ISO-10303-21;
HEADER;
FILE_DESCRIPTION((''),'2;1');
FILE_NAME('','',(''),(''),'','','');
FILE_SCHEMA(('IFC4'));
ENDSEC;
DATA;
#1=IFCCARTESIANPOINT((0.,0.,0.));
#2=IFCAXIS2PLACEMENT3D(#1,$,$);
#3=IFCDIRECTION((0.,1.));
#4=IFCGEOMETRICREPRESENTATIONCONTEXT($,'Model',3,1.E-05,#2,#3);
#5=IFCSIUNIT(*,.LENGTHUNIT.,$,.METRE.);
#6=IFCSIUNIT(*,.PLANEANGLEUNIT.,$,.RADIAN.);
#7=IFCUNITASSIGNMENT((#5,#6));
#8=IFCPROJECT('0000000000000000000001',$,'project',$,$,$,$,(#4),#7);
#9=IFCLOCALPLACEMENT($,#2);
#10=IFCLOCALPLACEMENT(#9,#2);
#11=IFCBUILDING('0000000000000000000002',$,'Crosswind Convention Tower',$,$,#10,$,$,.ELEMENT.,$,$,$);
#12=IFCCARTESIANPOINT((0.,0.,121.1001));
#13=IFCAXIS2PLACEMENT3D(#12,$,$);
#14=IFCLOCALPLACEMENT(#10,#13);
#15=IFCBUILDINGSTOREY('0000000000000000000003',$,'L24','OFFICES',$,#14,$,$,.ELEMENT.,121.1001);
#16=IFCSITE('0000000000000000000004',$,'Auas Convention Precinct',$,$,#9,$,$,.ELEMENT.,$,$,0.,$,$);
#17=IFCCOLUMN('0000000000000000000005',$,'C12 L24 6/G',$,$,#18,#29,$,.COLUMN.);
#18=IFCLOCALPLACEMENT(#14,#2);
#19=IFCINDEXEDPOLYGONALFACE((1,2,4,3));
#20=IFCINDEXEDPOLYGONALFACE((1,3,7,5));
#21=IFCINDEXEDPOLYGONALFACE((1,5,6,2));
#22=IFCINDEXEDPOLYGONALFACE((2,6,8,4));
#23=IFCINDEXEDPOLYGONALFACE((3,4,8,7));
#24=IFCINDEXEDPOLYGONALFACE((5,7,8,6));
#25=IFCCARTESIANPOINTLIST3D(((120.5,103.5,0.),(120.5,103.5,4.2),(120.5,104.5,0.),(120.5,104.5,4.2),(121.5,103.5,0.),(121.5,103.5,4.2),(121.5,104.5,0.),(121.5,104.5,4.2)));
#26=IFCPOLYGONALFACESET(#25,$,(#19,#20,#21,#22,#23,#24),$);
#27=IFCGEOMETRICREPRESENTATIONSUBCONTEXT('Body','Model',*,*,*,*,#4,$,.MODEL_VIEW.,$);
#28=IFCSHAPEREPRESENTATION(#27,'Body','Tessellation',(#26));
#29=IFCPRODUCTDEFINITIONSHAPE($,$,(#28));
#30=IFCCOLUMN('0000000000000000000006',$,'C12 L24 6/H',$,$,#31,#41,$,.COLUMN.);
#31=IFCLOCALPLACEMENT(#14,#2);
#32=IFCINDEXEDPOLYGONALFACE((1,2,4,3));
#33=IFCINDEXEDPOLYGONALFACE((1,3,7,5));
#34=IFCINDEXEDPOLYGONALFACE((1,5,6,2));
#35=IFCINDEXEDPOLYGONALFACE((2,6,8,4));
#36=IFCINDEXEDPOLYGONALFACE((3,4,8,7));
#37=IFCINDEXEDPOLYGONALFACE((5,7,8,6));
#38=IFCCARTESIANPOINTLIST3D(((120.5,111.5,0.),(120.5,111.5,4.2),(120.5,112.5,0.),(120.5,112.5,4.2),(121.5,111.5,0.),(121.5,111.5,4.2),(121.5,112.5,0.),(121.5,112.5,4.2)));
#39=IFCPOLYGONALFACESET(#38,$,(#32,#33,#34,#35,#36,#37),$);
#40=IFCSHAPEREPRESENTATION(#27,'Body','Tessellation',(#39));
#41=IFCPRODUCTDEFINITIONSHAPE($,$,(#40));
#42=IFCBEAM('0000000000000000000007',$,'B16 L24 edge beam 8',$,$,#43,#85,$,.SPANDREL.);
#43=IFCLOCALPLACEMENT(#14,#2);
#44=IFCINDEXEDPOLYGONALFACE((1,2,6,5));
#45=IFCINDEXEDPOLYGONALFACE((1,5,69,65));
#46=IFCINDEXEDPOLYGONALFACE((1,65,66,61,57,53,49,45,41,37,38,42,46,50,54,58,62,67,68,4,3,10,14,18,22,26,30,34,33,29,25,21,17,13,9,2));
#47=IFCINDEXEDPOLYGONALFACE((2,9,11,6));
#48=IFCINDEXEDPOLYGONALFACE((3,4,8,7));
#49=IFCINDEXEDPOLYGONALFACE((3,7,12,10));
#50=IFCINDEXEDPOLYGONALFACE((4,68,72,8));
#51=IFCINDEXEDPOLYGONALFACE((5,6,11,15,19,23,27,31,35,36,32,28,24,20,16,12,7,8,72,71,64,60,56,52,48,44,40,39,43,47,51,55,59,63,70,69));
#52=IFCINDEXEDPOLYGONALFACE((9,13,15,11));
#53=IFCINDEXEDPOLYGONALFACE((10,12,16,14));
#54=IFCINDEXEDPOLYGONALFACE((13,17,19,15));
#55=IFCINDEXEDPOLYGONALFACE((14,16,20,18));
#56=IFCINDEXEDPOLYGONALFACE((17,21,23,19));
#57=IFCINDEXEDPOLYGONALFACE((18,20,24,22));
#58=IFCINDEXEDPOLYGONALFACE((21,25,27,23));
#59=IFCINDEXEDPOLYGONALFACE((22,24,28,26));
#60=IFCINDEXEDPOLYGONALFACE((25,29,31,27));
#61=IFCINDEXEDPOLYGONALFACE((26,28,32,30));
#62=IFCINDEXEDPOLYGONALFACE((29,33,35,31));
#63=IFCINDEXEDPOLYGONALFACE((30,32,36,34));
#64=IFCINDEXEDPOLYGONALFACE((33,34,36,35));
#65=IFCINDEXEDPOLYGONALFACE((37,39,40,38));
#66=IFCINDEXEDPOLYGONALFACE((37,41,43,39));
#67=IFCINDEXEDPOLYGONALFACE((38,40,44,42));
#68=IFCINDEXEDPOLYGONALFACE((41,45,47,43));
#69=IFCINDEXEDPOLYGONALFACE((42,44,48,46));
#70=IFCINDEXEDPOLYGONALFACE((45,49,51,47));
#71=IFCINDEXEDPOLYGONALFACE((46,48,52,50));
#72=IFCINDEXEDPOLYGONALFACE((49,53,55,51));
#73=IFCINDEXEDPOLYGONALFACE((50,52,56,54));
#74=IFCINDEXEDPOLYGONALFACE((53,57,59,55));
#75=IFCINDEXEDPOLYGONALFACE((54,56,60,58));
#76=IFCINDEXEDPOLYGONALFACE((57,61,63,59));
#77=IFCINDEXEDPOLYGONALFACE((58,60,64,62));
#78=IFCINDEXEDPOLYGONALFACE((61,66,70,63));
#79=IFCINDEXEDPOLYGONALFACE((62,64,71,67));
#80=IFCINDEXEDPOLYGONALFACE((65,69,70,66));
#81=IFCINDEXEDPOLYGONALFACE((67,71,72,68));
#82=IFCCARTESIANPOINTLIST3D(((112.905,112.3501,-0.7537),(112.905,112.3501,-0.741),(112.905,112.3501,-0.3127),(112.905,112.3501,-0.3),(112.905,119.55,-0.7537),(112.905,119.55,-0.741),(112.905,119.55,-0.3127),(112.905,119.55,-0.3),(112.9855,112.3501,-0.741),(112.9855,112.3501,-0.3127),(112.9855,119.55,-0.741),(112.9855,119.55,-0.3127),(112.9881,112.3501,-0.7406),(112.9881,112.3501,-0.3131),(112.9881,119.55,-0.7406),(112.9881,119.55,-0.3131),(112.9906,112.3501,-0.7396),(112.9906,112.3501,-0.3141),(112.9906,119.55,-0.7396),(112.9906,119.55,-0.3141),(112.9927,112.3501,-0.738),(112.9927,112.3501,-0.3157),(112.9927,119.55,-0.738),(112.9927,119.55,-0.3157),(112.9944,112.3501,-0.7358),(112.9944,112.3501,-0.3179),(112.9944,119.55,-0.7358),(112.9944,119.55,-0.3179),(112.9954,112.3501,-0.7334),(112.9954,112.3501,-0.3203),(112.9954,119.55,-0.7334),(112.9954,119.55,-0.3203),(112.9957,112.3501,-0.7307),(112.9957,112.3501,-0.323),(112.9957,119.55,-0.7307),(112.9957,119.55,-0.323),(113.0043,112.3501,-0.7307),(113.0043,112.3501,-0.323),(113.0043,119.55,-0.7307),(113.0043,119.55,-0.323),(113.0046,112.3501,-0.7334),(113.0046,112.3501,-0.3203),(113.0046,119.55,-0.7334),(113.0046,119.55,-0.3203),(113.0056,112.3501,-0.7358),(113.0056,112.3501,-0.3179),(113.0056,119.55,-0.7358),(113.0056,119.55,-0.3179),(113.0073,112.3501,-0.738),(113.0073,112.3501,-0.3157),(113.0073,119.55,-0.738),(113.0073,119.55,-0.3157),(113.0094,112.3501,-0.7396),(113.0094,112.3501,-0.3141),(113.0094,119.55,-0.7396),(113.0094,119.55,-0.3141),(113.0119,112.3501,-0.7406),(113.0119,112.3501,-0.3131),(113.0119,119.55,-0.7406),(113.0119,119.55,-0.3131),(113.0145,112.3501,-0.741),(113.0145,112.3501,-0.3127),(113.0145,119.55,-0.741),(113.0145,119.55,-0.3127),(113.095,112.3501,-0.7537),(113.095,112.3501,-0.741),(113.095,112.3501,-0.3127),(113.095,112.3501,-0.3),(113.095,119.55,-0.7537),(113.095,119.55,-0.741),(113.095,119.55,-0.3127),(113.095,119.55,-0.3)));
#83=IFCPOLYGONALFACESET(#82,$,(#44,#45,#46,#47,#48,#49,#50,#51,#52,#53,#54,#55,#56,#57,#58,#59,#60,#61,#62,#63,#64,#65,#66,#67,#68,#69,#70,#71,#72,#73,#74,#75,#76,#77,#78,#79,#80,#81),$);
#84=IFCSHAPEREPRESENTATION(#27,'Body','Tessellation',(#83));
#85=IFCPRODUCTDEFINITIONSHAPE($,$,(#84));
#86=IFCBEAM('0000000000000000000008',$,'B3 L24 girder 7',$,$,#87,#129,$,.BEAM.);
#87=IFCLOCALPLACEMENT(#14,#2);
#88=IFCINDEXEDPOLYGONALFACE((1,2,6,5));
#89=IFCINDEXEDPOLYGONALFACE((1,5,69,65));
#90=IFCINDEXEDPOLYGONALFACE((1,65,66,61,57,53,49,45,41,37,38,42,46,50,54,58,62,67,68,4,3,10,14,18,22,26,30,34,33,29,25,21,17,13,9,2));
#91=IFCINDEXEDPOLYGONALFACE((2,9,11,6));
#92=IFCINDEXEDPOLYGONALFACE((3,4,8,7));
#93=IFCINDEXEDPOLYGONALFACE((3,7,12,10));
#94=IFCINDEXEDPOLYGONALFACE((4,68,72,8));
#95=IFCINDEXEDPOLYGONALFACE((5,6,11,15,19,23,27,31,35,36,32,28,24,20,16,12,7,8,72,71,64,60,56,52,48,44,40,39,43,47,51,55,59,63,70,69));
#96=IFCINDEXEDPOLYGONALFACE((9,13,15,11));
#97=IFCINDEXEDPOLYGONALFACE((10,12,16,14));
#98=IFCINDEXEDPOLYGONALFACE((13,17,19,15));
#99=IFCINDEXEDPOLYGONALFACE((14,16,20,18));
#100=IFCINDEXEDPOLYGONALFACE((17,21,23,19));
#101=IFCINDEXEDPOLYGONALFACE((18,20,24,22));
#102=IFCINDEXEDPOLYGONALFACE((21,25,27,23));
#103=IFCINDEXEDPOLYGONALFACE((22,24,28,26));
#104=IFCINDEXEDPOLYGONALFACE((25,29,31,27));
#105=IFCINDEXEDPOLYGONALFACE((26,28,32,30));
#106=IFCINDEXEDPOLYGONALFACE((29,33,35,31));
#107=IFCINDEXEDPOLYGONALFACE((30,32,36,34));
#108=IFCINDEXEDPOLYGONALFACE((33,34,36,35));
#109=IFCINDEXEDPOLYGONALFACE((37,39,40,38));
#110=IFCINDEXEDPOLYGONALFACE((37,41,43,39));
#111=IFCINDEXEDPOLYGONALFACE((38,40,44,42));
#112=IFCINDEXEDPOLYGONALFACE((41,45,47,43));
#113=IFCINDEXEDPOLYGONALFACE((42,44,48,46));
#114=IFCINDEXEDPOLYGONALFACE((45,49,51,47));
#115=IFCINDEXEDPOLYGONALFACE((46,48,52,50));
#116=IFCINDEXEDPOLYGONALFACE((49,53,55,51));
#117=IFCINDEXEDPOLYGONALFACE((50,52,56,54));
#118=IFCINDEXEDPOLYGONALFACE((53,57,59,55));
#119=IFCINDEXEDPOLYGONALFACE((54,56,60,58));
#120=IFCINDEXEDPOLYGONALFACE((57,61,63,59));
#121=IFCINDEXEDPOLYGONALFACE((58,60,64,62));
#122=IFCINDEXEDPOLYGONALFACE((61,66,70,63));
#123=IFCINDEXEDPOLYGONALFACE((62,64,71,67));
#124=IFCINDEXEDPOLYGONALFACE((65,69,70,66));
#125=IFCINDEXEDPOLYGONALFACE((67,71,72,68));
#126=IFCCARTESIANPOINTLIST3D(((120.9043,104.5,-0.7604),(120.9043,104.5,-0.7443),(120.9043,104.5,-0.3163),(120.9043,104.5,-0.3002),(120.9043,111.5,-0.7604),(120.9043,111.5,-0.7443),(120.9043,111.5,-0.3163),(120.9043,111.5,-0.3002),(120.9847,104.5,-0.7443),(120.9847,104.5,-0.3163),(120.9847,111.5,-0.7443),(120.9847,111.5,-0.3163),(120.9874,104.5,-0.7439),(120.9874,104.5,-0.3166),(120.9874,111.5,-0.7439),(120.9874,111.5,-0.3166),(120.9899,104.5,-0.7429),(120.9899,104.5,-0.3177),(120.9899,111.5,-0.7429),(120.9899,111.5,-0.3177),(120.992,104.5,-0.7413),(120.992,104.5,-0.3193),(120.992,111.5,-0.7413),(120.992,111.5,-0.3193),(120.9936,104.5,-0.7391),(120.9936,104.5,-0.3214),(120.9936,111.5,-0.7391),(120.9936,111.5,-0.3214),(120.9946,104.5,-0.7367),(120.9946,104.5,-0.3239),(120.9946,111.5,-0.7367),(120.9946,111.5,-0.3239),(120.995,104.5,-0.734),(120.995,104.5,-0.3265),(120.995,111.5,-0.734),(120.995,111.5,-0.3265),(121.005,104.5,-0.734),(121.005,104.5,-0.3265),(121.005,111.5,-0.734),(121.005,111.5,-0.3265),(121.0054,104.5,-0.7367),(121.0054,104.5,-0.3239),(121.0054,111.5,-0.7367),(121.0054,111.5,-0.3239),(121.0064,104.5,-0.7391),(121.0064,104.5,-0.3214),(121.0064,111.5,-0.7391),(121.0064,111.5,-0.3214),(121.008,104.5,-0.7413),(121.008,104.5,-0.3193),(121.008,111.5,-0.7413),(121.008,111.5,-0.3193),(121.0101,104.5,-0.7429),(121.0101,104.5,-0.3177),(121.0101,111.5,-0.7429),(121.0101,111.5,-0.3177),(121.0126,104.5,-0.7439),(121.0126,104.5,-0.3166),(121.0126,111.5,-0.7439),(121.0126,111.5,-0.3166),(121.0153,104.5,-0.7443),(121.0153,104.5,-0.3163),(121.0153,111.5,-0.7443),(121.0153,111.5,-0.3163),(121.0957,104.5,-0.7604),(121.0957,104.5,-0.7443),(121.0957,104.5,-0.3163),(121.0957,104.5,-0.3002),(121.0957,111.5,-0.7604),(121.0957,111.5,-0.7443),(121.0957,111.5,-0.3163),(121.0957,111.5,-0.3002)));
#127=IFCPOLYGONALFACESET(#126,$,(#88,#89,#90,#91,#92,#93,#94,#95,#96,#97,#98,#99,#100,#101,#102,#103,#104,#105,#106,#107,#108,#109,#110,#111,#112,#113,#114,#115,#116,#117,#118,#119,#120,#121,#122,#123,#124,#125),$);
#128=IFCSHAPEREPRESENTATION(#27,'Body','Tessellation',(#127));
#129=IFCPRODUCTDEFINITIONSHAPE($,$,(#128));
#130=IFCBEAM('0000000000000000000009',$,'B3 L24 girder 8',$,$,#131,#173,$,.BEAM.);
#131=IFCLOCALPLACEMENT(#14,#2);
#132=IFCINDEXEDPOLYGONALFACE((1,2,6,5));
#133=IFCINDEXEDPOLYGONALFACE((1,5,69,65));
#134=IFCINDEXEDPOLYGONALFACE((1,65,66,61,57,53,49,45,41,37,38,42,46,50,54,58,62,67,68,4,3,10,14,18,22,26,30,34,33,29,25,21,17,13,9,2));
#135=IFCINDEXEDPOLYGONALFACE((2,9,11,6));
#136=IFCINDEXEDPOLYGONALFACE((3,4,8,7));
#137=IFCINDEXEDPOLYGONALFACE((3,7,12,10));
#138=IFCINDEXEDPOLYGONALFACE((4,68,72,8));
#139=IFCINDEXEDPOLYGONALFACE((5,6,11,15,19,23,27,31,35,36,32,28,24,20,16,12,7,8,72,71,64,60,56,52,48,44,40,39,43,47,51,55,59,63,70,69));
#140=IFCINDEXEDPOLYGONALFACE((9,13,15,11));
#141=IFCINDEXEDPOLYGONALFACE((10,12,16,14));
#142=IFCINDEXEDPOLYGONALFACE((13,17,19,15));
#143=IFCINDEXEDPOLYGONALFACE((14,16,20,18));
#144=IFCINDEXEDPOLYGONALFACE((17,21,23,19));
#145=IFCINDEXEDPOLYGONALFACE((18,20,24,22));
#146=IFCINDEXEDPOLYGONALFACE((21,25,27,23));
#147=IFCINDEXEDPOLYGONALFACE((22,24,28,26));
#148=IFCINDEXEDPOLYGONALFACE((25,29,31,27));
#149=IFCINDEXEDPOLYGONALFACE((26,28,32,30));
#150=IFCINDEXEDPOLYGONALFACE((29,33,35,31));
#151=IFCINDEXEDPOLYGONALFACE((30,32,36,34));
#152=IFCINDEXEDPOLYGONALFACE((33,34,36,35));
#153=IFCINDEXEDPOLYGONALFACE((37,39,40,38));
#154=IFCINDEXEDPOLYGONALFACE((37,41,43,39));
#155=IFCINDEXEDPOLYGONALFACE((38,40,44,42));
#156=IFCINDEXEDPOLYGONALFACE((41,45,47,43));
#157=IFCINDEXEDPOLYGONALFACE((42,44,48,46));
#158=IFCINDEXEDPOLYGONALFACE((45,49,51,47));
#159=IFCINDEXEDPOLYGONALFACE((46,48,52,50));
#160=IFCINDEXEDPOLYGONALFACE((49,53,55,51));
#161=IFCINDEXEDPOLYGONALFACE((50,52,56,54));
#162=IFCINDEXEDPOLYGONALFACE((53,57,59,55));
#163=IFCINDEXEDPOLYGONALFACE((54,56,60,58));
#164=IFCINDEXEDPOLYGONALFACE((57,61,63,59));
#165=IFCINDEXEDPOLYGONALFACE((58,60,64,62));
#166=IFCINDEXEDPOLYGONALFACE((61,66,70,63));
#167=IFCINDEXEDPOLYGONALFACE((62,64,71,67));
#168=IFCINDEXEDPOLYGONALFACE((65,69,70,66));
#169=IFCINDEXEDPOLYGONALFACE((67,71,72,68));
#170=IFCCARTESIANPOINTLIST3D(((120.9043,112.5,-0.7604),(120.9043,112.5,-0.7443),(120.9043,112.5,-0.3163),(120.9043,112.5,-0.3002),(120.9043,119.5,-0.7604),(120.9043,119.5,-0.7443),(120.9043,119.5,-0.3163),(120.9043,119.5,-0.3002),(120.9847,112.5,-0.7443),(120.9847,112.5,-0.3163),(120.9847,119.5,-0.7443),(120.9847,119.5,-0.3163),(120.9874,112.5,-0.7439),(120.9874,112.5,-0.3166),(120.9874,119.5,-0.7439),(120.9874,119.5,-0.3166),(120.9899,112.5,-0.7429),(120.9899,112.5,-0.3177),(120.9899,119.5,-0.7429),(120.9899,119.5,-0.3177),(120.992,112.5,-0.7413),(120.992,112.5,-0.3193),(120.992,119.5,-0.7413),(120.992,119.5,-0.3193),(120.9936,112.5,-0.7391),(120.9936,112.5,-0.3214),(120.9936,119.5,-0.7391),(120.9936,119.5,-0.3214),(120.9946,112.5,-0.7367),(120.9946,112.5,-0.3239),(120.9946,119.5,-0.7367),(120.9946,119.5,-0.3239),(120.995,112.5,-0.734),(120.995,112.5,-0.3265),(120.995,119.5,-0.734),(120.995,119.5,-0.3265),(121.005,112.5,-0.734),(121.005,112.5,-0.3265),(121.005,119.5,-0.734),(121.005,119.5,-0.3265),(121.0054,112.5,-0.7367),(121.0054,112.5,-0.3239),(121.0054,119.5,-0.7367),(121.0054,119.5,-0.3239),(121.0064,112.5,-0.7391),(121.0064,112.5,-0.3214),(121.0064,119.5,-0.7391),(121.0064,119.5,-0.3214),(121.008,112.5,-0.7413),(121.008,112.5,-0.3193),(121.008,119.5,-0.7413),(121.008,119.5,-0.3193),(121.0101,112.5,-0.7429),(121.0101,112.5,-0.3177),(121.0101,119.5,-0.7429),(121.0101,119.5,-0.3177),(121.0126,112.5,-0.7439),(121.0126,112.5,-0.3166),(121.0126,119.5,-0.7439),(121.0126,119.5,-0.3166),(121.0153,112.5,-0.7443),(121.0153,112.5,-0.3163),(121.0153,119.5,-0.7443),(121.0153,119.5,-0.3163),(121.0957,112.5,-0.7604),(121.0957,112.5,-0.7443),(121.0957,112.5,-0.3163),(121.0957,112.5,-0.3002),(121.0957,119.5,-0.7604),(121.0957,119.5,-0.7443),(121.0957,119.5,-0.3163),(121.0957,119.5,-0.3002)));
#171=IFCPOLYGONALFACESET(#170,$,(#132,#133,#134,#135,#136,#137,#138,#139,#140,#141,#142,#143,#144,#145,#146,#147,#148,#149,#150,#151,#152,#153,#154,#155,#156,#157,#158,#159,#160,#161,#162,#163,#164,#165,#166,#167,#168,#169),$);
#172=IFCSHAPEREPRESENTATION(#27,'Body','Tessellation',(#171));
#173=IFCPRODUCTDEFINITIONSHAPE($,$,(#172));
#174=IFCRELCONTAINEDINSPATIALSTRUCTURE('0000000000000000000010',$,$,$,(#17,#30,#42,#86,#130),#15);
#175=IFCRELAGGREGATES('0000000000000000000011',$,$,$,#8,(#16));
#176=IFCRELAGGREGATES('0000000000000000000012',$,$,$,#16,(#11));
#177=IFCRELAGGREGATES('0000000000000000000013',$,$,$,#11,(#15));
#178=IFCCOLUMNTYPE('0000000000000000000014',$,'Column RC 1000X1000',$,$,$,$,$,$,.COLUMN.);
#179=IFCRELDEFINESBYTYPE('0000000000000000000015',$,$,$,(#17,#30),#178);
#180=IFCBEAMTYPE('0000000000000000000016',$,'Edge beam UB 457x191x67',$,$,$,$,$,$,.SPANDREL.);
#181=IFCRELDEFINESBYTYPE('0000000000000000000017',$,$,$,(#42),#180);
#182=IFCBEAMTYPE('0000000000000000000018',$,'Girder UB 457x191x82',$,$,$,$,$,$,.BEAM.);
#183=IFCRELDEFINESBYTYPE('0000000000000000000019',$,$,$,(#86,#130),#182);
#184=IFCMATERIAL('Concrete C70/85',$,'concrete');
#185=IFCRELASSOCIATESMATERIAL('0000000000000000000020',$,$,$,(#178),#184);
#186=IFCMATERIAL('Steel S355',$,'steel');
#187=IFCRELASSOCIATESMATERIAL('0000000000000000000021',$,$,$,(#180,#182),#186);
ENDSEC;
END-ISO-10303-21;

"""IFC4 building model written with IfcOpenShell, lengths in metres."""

from ifc_helpers import new_model, si_unit, direction, frame, origin, origin_2d, place, context, subcontext, project, spatial, rectangle, i_section, extrude, material, material_profile, profile_set, type_object, element, save


model = new_model("IFC4")

# Units and contexts
model_context = context("Model", 3, precision=1e-05, world=origin(), true_north=direction((0.0, 1.0)))
body_context = subcontext(model_context, "Body", "Model", "MODEL_VIEW")
ifc_project = project(units=[si_unit("LENGTHUNIT", "METRE"), si_unit("PLANEANGLEUNIT", "RADIAN")], contexts=[model_context])

# Site, building, storey
site_placement = place(None, origin())
site = spatial("IfcSite", under=ifc_project, at=site_placement, Name="Auas Convention Precinct", CompositionType="ELEMENT", RefElevation=0.0)
building_placement = place(site_placement, origin())
building = spatial("IfcBuilding", under=site, at=building_placement, Name="Crosswind Convention Tower", CompositionType="ELEMENT")
storey_placement = place(building_placement, frame((0.0, 0.0, 121.1001)))
storey = spatial("IfcBuildingStorey", under=building, at=storey_placement, Name="L24", Description="OFFICES", CompositionType="ELEMENT", Elevation=121.1001)

# Columns
ifc_material_1 = material(Name="Concrete C70/85", Category="concrete")
ifc_material_profile_1 = material_profile(ifc_material_1, rectangle(XDim=1.0, YDim=1.0, at=origin_2d()), Name="RC 1000X1000")
ifc_profile_set_1 = profile_set([ifc_material_profile_1], Name="Concrete C70/85")
column_type = type_object("IfcColumnType", Name="Column RC 1000X1000", PredefinedType="COLUMN", material=ifc_profile_set_1)
for number, where, z_axis, x_axis, name in (
    (1, (121.0, 104.0, 0.0), (0.0, 0.0, 1.0), (1.0, 0.0, 0.0), "C12 L24 6/G"),
    (2, (121.0, 112.0, 0.0), (0.0, 0.0, 1.0), (1.0, 0.0, 0.0), "C12 L24 6/H"),
):
    element("IfcColumn", number, at=place(storey_placement, frame(where, z_axis=z_axis, x_axis=x_axis)), inside=storey, type_object=column_type, Name=name, PredefinedType="COLUMN", context=body_context, shape_type="SweptSolid", body=[
        extrude(rectangle(XDim=1.0, YDim=1.0, at=origin_2d()), origin(), (0.0, 0.0, 1.0), 4.2),
    ])

# Beams
ifc_material_2 = material(Name="Steel S355", Category="steel")
ifc_material_profile_2 = material_profile(ifc_material_2, i_section(OverallWidth=0.1899, OverallDepth=0.4536, WebThickness=0.0085, FlangeThickness=0.0127, FilletRadius=0.0103, at=origin_2d()), Name="UB 457x191x67")
ifc_profile_set_2 = profile_set([ifc_material_profile_2], Name="Steel S355")
beam_type_1 = type_object("IfcBeamType", Name="Edge beam UB 457x191x67", PredefinedType="SPANDREL", material=ifc_profile_set_2)
beam_1_placement = place(storey_placement, frame((113.0, 112.3501, -0.5269), z_axis=(0.0, 1.0, 0.0), x_axis=(-1.0, 0.0, 0.0)))
element("IfcBeam", 3, at=beam_1_placement, inside=storey, type_object=beam_type_1, Name="B16 L24 edge beam 8", PredefinedType="SPANDREL", context=body_context, shape_type="SweptSolid", body=[
    extrude(i_section(OverallWidth=0.1899, OverallDepth=0.4536, WebThickness=0.0085, FlangeThickness=0.0127, FilletRadius=0.0103, at=origin_2d()), origin(), (0.0, 0.0, 1.0), 7.2),
])
ifc_material_profile_3 = material_profile(ifc_material_2, i_section(OverallWidth=0.1914, OverallDepth=0.4602, WebThickness=0.01, FlangeThickness=0.0161, FilletRadius=0.0103, at=origin_2d()), Name="UB 457x191x82")
ifc_profile_set_3 = profile_set([ifc_material_profile_3], Name="Steel S355")
beam_type_2 = type_object("IfcBeamType", Name="Girder UB 457x191x82", PredefinedType="BEAM", material=ifc_profile_set_3)
for number, where, z_axis, x_axis, name in (
    (4, (121.0, 104.5, -0.5303), (0.0, 1.0, 0.0), (-1.0, 0.0, 0.0), "B3 L24 girder 7"),
    (5, (121.0, 112.5, -0.5303), (0.0, 1.0, 0.0), (-1.0, 0.0, 0.0), "B3 L24 girder 8"),
):
    element("IfcBeam", number, at=place(storey_placement, frame(where, z_axis=z_axis, x_axis=x_axis)), inside=storey, type_object=beam_type_2, Name=name, PredefinedType="BEAM", context=body_context, shape_type="SweptSolid", body=[
        extrude(i_section(OverallWidth=0.1914, OverallDepth=0.4602, WebThickness=0.01, FlangeThickness=0.0161, FilletRadius=0.0103, at=origin_2d()), origin(), (0.0, 0.0, 1.0), 7.0),
    ])

save(model, "model.ifc")
